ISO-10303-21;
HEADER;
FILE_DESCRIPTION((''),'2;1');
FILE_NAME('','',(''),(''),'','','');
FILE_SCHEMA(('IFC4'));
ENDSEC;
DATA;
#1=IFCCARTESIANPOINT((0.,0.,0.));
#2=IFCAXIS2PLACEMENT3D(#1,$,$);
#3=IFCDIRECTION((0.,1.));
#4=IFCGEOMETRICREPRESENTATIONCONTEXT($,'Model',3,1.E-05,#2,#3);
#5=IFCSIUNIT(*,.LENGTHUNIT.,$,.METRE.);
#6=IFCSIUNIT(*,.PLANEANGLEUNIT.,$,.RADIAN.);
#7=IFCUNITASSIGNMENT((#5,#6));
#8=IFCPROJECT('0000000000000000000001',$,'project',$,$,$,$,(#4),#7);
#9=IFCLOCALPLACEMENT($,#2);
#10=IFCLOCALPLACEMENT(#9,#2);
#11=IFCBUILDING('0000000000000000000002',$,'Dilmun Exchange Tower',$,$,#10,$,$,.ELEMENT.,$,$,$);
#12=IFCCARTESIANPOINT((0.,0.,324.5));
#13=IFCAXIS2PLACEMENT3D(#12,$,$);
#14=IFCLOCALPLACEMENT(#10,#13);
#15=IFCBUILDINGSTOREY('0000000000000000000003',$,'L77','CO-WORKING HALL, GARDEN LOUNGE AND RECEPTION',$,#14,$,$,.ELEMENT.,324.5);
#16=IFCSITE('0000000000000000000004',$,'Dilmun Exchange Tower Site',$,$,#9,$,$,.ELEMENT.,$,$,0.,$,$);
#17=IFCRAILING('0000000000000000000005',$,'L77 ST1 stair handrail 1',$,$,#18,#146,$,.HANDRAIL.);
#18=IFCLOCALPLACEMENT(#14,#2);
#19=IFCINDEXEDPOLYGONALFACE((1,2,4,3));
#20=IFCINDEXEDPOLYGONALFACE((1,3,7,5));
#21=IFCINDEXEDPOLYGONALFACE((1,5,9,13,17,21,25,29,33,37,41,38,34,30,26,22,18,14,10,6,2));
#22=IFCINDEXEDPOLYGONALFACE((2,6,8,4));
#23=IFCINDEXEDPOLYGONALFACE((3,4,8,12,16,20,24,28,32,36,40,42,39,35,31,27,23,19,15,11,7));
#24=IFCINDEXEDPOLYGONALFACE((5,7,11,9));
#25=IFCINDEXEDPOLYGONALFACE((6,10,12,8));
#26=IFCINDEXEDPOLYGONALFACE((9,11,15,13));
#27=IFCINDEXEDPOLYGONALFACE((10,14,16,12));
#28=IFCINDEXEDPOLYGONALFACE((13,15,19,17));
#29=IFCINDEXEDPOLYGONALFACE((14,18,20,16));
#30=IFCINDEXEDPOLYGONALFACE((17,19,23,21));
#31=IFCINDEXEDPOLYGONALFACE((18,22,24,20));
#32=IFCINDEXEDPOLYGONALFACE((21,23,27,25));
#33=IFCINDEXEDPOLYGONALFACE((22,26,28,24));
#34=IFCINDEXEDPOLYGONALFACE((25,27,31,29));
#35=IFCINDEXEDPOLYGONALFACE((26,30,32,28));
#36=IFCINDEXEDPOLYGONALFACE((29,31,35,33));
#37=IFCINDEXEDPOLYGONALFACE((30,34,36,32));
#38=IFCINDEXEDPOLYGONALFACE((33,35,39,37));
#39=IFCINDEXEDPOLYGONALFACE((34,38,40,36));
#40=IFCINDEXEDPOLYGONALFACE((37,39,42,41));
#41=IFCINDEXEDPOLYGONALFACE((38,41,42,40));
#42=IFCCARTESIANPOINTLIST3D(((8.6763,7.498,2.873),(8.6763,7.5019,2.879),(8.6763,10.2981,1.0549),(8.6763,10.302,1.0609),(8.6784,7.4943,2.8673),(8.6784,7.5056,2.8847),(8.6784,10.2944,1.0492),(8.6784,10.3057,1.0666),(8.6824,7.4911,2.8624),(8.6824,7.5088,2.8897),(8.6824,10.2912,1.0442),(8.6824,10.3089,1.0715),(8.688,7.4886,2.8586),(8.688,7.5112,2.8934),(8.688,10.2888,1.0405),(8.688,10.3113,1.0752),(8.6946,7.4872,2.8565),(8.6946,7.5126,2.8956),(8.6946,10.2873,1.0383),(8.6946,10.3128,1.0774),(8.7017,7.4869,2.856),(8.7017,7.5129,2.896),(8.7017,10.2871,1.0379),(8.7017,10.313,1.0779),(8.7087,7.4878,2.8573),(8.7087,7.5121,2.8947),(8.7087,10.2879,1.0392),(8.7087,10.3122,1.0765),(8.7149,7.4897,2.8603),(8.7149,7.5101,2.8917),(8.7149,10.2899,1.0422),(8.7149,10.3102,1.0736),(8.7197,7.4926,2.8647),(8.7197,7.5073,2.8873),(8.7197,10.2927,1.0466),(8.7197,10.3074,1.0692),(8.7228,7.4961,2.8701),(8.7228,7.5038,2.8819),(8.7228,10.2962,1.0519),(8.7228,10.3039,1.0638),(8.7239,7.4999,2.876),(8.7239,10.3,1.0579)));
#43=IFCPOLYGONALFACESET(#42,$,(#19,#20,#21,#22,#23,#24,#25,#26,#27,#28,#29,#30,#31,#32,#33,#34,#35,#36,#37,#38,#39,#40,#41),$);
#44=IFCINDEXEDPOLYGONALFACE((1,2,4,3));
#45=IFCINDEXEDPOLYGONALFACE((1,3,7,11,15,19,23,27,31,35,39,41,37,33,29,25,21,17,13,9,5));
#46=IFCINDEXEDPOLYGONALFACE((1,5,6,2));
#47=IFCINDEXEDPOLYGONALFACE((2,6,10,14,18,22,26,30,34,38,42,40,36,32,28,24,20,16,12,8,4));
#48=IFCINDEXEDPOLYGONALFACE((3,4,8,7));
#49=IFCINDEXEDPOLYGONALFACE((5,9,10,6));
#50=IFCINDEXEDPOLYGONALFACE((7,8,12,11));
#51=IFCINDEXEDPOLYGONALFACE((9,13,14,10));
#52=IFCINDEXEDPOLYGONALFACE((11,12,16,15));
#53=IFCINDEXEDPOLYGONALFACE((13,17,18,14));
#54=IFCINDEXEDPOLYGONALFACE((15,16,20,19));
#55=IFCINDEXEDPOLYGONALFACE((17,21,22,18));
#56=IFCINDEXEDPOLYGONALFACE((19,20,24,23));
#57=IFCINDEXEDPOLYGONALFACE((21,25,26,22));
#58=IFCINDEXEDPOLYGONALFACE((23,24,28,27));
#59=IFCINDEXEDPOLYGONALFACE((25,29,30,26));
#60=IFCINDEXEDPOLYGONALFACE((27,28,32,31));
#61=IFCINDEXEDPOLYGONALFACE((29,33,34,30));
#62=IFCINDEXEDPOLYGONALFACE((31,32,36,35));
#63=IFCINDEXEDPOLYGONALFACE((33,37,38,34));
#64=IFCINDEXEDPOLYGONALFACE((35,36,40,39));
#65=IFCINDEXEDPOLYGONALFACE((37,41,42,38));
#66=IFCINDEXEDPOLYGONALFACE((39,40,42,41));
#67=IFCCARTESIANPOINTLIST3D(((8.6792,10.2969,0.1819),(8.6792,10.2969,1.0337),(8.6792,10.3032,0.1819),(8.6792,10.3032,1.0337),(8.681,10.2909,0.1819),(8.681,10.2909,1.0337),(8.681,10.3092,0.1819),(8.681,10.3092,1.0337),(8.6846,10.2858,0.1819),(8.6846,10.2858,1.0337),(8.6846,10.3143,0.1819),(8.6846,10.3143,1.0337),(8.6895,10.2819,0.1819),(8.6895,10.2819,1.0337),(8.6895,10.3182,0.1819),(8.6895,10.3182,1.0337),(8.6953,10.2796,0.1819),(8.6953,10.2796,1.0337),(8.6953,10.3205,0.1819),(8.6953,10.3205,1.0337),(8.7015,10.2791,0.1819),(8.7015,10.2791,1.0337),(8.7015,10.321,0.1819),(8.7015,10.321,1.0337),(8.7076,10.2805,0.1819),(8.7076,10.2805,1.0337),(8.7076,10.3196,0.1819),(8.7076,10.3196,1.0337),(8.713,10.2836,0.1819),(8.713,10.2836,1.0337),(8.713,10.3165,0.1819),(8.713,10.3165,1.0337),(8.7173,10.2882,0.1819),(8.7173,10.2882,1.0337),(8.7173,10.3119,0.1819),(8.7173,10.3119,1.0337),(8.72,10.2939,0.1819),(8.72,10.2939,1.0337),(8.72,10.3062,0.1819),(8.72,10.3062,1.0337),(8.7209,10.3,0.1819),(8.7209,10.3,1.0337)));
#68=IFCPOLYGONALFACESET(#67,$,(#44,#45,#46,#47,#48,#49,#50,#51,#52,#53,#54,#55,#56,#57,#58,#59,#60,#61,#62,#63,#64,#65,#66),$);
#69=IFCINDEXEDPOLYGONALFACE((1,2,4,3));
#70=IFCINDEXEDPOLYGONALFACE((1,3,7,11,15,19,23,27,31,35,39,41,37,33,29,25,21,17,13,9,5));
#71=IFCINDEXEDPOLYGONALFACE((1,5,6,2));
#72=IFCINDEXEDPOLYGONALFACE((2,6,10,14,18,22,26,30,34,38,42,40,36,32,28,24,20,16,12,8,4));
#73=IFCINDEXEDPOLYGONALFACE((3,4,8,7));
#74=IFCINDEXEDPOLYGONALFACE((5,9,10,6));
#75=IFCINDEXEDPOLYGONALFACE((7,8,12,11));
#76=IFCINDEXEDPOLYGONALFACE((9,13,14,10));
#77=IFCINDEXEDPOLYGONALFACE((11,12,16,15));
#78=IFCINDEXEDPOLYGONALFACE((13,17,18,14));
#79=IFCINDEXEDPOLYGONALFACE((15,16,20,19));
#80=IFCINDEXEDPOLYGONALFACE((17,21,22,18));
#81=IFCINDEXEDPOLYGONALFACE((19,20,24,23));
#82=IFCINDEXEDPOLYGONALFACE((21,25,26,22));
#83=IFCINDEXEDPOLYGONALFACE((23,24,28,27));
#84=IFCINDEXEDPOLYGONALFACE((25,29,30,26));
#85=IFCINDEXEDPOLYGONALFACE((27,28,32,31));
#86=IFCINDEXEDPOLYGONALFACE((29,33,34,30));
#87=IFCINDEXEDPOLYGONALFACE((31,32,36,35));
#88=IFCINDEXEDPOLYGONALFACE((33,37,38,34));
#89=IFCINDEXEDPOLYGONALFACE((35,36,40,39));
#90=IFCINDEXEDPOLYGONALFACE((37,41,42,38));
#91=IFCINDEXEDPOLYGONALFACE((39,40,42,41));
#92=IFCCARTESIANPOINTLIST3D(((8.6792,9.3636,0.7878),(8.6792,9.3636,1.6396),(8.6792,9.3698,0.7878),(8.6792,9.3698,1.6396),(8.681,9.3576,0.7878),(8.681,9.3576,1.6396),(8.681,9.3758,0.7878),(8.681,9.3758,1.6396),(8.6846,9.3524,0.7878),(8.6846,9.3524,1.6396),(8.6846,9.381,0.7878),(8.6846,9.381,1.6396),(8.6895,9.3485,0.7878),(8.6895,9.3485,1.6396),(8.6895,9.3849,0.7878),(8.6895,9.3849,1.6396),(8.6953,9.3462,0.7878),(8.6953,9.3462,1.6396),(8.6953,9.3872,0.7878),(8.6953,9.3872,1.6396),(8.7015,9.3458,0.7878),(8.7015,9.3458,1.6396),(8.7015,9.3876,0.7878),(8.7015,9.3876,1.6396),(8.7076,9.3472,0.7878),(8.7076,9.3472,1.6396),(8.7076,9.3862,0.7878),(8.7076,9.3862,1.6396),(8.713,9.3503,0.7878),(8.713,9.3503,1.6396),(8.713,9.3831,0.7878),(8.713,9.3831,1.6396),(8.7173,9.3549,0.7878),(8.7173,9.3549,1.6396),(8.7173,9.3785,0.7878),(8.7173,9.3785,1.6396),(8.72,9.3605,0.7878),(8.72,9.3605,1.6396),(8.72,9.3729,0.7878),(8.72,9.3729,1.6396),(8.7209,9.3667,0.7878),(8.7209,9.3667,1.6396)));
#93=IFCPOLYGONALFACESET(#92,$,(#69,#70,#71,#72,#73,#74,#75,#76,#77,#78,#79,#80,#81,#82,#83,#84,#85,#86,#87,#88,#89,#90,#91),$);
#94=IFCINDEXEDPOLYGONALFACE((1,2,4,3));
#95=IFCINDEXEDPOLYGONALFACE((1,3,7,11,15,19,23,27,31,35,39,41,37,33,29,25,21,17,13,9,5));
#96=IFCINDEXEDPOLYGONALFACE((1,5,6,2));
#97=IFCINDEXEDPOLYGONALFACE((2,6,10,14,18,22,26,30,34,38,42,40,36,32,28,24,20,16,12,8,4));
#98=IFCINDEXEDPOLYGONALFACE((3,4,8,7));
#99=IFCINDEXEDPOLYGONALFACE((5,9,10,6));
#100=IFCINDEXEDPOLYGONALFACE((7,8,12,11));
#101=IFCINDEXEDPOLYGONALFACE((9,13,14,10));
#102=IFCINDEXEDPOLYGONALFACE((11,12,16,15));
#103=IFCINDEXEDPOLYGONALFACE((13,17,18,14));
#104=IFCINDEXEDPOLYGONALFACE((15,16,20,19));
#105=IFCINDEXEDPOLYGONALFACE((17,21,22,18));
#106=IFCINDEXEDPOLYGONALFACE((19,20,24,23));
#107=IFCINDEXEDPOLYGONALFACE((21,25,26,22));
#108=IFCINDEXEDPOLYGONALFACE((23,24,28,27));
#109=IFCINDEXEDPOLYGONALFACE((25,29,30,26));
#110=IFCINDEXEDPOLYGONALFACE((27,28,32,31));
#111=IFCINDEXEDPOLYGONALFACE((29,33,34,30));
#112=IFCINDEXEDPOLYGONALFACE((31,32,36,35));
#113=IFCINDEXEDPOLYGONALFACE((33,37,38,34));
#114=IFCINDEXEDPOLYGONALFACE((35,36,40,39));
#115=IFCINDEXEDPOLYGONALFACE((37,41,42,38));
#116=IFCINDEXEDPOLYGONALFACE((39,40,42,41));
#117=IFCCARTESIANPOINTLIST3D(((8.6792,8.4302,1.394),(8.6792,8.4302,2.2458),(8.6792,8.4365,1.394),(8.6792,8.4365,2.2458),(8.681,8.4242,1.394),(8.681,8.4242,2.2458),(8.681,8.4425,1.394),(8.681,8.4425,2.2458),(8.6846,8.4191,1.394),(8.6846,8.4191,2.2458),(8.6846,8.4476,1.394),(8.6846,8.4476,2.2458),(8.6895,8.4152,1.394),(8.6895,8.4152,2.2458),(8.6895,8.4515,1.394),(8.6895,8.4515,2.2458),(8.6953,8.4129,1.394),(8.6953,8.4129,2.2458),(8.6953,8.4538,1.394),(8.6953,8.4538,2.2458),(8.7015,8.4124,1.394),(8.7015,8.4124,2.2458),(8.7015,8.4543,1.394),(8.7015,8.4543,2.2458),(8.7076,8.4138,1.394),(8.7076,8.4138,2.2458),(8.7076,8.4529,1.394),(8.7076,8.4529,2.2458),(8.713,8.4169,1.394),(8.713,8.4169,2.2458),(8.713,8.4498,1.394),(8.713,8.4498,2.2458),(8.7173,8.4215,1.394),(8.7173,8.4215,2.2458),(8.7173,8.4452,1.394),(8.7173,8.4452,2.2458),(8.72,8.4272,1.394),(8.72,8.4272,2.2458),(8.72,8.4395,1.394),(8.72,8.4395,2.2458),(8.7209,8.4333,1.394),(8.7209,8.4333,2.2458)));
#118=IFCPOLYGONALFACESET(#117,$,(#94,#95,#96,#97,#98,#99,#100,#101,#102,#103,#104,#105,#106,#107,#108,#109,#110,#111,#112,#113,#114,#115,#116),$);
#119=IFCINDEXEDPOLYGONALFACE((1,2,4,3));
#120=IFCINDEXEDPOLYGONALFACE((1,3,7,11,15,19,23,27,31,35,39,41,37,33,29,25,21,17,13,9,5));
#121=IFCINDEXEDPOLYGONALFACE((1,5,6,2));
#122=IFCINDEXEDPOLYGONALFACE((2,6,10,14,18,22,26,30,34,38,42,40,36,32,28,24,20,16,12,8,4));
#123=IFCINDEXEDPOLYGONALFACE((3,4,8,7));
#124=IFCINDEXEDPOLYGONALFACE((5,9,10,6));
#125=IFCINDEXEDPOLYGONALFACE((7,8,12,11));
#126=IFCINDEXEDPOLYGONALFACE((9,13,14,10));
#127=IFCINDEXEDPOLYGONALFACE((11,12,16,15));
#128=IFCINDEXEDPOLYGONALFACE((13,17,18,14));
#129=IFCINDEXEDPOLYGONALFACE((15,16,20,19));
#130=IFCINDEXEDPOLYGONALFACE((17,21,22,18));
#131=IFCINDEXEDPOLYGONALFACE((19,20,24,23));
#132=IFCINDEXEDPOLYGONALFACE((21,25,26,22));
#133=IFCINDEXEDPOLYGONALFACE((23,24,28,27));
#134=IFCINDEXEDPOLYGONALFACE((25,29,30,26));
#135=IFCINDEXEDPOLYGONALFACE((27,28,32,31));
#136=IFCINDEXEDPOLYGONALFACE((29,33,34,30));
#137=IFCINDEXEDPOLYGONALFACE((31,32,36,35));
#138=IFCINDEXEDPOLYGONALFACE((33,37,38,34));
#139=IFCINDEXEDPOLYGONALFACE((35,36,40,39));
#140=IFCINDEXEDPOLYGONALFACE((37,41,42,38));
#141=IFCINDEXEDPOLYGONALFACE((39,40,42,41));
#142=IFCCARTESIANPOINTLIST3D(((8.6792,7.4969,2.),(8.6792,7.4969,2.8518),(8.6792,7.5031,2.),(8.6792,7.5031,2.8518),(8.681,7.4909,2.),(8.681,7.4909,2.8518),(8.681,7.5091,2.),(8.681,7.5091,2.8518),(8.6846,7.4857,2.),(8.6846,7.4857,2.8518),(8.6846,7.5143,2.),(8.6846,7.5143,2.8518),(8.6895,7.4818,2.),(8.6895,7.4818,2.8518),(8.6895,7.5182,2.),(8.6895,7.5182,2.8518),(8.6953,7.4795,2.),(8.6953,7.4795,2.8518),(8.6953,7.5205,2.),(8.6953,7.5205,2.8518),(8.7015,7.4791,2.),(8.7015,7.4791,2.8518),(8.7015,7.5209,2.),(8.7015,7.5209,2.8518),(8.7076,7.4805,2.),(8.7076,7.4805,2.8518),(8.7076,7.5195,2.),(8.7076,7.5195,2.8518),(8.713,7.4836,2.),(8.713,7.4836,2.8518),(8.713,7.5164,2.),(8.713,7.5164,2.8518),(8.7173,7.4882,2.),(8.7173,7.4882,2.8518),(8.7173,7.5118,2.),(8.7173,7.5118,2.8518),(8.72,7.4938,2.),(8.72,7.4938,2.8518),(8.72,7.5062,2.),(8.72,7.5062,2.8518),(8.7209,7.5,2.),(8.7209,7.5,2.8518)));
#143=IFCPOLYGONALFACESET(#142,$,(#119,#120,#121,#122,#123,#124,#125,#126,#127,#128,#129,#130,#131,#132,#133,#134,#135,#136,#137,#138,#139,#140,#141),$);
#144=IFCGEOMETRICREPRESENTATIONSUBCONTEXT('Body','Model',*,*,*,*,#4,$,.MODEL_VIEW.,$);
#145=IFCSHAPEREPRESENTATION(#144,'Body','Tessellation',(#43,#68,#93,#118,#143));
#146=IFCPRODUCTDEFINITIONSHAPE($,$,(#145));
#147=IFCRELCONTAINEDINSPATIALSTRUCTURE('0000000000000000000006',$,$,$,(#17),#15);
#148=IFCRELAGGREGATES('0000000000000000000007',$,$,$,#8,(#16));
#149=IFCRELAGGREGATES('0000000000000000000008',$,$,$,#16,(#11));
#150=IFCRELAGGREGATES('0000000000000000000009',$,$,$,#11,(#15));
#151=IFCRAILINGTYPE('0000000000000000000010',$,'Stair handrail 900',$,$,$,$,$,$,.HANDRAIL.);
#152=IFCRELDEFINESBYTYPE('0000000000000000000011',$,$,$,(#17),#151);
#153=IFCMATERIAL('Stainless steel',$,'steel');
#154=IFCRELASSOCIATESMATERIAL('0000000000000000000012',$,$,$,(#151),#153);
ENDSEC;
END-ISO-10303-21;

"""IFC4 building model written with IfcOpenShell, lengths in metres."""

from ifc_helpers import new_model, si_unit, direction, frame, origin, origin_2d, place, context, subcontext, project, spatial, circle, extrude, material, type_object, element, save


model = new_model("IFC4")

# Units and contexts
model_context = context("Model", 3, precision=1e-05, world=origin(), true_north=direction((0.0, 1.0)))
body_context = subcontext(model_context, "Body", "Model", "MODEL_VIEW")
ifc_project = project(units=[si_unit("LENGTHUNIT", "METRE"), si_unit("PLANEANGLEUNIT", "RADIAN")], contexts=[model_context])

# Site, building, storey
site_placement = place(None, origin())
site = spatial("IfcSite", under=ifc_project, at=site_placement, Name="Dilmun Exchange Tower Site", CompositionType="ELEMENT", RefElevation=0.0)
building_placement = place(site_placement, origin())
building = spatial("IfcBuilding", under=site, at=building_placement, Name="Dilmun Exchange Tower", CompositionType="ELEMENT")
storey_placement = place(building_placement, frame((0.0, 0.0, 324.5)))
storey = spatial("IfcBuildingStorey", under=building, at=storey_placement, Name="L77", Description="CO-WORKING HALL, GARDEN LOUNGE AND RECEPTION", CompositionType="ELEMENT", Elevation=324.5)

# Railing
ifc_material_1 = material(Name="Stainless steel", Category="steel")
railing_type = type_object("IfcRailingType", Name="Stair handrail 900", PredefinedType="HANDRAIL", material=ifc_material_1)
railing_1_placement = place(storey_placement, frame((8.7, 10.3, 0.1819)))
element("IfcRailing", 1, at=railing_1_placement, inside=storey, type_object=railing_type, Name="L77 ST1 stair handrail 1", PredefinedType="HANDRAIL", context=body_context, shape_type="SweptSolid", body=[
    extrude(circle(Radius=0.0239, at=origin_2d()), frame((0.0, 0.0, 0.876), z_axis=(0.0, -0.838706, 0.544585), x_axis=(1.0, 0.0, 0.0)), (0.0, 0.0, 1.0), 3.3386),
    extrude(circle(Radius=0.021, at=origin_2d()), origin(), (0.0, 0.0, 1.0), 0.8518),
    extrude(circle(Radius=0.021, at=origin_2d()), frame((0.0, -0.9333, 0.606)), (0.0, 0.0, 1.0), 0.8518),
    extrude(circle(Radius=0.021, at=origin_2d()), frame((0.0, -1.8667, 1.2122)), (0.0, 0.0, 1.0), 0.8518),
    extrude(circle(Radius=0.021, at=origin_2d()), frame((0.0, -2.8, 1.8181)), (0.0, 0.0, 1.0), 0.8518),
])

save(model, "model.ifc")
